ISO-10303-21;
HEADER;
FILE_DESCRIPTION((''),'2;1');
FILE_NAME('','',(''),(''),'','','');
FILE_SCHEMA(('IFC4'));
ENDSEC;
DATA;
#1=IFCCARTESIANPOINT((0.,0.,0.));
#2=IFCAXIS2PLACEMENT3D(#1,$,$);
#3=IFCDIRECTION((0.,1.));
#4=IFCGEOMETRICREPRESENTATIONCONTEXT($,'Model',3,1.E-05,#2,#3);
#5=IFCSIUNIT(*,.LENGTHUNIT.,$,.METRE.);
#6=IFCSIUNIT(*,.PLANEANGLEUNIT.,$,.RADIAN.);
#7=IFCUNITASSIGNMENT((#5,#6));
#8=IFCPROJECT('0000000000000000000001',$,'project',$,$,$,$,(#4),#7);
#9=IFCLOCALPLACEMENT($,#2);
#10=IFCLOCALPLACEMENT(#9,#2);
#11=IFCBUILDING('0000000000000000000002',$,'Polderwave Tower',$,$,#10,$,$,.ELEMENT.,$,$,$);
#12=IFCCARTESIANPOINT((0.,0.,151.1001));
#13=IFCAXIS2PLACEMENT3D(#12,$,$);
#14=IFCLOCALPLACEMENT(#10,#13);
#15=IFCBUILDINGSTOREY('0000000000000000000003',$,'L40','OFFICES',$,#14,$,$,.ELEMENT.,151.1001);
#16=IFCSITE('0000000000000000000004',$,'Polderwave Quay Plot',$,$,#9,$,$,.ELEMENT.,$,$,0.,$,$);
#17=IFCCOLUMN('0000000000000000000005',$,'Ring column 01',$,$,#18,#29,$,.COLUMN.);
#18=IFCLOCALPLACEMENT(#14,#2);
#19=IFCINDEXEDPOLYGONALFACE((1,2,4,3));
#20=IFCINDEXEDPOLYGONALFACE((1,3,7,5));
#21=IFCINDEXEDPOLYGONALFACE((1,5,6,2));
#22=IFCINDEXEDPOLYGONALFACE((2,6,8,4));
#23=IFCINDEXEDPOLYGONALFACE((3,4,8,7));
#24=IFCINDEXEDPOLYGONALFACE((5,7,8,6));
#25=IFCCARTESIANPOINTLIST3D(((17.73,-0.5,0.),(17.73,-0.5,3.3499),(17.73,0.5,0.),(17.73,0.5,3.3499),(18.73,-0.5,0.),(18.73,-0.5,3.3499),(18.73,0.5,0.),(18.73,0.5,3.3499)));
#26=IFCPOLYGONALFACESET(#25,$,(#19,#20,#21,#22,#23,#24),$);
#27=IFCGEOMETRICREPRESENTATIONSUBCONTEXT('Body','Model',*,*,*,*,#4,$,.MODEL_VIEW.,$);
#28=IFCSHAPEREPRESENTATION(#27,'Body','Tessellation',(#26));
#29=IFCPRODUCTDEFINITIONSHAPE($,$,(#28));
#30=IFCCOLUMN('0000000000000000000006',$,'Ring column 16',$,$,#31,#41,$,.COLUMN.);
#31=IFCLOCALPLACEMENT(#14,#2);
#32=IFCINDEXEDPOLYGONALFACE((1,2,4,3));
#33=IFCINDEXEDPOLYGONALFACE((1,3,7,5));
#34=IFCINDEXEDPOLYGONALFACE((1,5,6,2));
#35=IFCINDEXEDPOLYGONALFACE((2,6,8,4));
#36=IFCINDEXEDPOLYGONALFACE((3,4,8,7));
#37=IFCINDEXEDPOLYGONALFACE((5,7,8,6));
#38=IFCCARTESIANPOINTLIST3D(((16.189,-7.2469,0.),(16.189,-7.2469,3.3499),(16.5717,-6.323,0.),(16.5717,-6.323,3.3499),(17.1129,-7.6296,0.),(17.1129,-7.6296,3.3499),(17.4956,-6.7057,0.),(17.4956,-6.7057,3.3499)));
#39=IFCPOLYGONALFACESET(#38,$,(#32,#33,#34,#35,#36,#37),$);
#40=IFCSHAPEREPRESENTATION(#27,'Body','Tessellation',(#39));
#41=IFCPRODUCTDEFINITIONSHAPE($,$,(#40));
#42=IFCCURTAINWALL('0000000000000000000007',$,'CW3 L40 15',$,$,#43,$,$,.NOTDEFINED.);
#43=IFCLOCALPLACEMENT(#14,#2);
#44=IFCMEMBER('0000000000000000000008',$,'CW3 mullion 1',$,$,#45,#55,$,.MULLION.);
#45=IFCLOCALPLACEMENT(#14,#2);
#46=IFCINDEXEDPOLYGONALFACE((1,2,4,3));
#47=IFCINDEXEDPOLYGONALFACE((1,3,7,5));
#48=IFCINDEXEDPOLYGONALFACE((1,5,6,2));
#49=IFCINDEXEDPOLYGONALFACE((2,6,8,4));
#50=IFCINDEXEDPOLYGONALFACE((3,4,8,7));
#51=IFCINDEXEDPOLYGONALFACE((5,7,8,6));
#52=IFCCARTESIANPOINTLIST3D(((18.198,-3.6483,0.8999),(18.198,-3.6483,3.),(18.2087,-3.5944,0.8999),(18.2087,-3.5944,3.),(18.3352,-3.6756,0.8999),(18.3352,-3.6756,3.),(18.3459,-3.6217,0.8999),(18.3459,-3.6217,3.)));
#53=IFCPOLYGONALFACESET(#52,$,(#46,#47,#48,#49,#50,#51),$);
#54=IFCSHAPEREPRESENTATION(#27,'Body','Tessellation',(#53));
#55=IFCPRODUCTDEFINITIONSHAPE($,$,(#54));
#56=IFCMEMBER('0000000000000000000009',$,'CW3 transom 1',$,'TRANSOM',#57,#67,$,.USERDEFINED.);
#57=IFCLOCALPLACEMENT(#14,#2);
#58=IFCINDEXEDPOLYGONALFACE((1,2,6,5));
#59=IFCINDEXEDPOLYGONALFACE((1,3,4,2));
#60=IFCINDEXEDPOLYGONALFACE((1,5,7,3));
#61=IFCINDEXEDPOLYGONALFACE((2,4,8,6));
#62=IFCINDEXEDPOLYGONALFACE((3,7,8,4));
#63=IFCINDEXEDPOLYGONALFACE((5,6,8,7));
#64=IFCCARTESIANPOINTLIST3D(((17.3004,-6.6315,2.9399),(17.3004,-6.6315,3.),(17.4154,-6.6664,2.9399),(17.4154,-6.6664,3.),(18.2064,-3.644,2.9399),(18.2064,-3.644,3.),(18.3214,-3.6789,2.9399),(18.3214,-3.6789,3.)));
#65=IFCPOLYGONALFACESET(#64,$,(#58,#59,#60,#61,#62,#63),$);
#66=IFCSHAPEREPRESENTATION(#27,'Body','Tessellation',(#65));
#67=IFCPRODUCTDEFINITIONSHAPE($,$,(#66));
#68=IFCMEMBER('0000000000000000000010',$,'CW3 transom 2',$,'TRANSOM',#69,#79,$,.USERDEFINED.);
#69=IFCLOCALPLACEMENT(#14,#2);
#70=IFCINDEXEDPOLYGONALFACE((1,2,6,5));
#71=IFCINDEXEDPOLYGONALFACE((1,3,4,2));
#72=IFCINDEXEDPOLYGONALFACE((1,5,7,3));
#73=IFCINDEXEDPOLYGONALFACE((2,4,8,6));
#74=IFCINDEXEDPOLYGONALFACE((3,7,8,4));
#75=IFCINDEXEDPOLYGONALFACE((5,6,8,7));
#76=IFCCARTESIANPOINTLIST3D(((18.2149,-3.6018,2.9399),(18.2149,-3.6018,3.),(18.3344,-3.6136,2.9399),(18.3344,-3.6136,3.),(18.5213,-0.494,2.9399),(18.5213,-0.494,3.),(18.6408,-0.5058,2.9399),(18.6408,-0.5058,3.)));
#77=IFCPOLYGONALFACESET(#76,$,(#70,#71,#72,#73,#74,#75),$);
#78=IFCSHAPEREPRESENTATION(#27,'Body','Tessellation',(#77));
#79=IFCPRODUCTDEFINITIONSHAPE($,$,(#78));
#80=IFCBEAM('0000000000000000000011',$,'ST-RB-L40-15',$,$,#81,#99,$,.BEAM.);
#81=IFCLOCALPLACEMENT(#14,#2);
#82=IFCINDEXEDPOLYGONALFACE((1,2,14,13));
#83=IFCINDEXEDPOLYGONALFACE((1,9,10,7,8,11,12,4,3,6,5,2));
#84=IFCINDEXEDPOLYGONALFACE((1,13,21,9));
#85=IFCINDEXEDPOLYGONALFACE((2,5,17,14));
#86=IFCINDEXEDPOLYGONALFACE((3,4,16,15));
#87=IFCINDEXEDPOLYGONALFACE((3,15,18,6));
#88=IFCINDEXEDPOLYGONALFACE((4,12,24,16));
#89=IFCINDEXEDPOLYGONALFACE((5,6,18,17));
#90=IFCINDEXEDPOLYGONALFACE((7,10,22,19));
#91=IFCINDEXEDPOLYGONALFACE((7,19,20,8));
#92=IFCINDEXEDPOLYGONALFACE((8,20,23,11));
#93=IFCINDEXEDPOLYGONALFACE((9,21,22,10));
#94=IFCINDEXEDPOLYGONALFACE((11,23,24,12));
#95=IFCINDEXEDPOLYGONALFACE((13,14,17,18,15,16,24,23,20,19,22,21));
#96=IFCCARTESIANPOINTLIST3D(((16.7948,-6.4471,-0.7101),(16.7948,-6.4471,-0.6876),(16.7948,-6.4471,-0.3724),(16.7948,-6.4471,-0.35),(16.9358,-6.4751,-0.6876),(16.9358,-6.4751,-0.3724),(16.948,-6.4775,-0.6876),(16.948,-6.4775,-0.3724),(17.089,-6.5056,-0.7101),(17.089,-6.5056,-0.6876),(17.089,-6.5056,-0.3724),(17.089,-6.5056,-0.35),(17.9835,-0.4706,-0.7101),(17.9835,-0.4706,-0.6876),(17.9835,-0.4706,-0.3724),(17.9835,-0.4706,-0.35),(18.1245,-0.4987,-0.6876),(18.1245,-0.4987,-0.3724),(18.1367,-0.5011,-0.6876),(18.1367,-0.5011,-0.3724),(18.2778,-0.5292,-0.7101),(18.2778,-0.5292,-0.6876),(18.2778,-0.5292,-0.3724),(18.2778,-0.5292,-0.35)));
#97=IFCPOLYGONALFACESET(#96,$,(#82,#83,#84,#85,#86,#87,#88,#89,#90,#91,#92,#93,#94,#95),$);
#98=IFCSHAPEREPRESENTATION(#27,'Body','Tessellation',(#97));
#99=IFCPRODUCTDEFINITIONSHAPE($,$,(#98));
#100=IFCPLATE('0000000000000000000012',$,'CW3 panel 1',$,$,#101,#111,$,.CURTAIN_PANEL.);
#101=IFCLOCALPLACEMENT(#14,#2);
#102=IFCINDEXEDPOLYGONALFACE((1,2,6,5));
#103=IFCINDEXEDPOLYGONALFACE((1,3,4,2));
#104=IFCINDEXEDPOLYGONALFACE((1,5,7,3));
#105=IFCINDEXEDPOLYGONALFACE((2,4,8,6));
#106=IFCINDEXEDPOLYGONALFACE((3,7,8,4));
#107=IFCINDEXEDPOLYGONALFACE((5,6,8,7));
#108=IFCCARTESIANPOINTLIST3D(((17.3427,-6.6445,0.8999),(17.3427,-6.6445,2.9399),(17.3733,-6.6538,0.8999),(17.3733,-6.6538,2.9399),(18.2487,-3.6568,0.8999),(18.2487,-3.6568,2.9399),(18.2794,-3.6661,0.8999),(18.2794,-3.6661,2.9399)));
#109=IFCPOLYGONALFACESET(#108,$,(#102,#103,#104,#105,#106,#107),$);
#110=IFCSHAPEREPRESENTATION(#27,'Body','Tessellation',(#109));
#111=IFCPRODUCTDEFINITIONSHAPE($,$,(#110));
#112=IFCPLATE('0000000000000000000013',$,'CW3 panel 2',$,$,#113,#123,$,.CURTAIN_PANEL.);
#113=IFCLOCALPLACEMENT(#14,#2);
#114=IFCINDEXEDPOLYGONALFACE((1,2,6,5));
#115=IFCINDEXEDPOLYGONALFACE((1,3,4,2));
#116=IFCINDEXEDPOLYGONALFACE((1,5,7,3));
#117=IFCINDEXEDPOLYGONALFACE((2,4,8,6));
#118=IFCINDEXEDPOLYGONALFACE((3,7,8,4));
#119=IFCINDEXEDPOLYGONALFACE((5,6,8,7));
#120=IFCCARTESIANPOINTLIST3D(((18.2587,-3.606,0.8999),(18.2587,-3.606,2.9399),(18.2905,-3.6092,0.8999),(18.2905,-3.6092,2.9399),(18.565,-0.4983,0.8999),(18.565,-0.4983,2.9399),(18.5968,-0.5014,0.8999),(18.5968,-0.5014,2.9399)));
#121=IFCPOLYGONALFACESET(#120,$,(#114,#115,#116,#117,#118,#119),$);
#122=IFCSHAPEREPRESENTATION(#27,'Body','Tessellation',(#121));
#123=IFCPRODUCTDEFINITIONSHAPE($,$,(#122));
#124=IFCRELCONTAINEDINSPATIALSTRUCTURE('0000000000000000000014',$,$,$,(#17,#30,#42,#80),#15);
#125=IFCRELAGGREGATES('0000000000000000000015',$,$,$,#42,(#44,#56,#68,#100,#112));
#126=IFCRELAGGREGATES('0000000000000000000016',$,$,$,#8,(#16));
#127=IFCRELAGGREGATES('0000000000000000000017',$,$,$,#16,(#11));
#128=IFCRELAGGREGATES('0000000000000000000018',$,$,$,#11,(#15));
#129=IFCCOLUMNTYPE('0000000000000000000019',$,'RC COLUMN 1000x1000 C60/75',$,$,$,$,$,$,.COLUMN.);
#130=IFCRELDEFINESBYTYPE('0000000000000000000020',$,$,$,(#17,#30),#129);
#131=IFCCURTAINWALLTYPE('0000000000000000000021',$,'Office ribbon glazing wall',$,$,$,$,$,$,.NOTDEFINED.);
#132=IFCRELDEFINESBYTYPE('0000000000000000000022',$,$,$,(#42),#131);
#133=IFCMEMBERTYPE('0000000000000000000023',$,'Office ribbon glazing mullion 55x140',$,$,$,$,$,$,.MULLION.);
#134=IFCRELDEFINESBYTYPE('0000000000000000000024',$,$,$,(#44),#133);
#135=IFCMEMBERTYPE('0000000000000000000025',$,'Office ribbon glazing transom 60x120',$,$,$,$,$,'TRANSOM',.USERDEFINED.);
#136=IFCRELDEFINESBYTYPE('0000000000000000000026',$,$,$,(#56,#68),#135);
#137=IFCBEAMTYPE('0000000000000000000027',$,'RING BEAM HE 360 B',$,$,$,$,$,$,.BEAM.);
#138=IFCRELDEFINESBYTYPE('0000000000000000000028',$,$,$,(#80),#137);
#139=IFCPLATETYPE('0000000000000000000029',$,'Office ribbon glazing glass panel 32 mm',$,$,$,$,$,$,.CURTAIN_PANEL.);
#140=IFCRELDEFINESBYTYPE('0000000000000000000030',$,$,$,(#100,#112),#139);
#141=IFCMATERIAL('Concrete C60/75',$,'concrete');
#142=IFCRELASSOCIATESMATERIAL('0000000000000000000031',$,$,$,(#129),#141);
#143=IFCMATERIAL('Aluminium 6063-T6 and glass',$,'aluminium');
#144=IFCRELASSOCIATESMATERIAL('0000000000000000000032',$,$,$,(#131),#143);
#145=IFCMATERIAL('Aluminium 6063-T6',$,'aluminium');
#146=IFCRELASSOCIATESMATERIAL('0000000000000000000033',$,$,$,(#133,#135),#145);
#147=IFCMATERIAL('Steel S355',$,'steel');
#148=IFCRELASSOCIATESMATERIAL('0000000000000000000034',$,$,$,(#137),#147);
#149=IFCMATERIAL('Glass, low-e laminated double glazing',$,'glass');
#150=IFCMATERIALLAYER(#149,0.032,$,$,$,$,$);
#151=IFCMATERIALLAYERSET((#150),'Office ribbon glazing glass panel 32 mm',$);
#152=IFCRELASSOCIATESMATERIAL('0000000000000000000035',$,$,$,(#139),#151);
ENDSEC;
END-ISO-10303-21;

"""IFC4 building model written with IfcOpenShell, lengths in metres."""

from ifc_helpers import new_model, si_unit, direction, frame, origin, origin_2d, place, context, subcontext, project, spatial, rectangle, i_section, extrude, material, layer, layer_set, material_profile, profile_set, type_object, element, aggregate, save


model = new_model("IFC4")

# Units and contexts
model_context = context("Model", 3, precision=1e-05, world=origin(), true_north=direction((0.0, 1.0)))
body_context = subcontext(model_context, "Body", "Model", "MODEL_VIEW")
ifc_project = project(units=[si_unit("LENGTHUNIT", "METRE"), si_unit("PLANEANGLEUNIT", "RADIAN")], contexts=[model_context])

# Site, building, storey
site_placement = place(None, origin())
site = spatial("IfcSite", under=ifc_project, at=site_placement, Name="Polderwave Quay Plot", CompositionType="ELEMENT", RefElevation=0.0)
building_placement = place(site_placement, origin())
building = spatial("IfcBuilding", under=site, at=building_placement, Name="Polderwave Tower", CompositionType="ELEMENT")
storey_placement = place(building_placement, frame((0.0, 0.0, 151.1001)))
storey = spatial("IfcBuildingStorey", under=building, at=storey_placement, Name="L40", Description="OFFICES", CompositionType="ELEMENT", Elevation=151.1001)

# Columns
ifc_material_1 = material(Name="Concrete C60/75", Category="concrete")
ifc_material_profile_1 = material_profile(ifc_material_1, rectangle(XDim=1.0, YDim=1.0, at=origin_2d()), Name="RC 1000x1000")
ifc_profile_set_1 = profile_set([ifc_material_profile_1], Name="Concrete C60/75")
column_type = type_object("IfcColumnType", Name="RC COLUMN 1000x1000 C60/75", PredefinedType="COLUMN", material=ifc_profile_set_1)
for number, where, z_axis, x_axis, name in (
    (1, (18.23, 0.0, 0.0), (0.0, 0.0, 1.0), (1.0, 0.0, 0.0), "Ring column 01"),
    (2, (16.8423, -6.9763, 0.0), (0.0, 0.0, 1.0), (0.92388, -0.382683, 0.0), "Ring column 16"),
):
    element("IfcColumn", number, at=place(storey_placement, frame(where, z_axis=z_axis, x_axis=x_axis)), inside=storey, type_object=column_type, Name=name, PredefinedType="COLUMN", context=body_context, shape_type="SweptSolid", body=[
        extrude(rectangle(XDim=1.0, YDim=1.0, at=origin_2d()), origin(), (0.0, 0.0, 1.0), 3.3499),
    ])

# Curtain wall, members
ifc_material_2 = material(Name="Aluminium 6063-T6 and glass", Category="aluminium")
curtain_wall_type = type_object("IfcCurtainWallType", Name="Office ribbon glazing wall", PredefinedType="NOTDEFINED", material=ifc_material_2)
curtain_wall_placement = place(storey_placement, origin())
curtain_wall = element("IfcCurtainWall", 3, at=curtain_wall_placement, inside=storey, type_object=curtain_wall_type, Name="CW3 L40 15", PredefinedType="NOTDEFINED")
ifc_material_3 = material(Name="Aluminium 6063-T6", Category="aluminium")
ifc_material_profile_2 = material_profile(ifc_material_3, rectangle(XDim=0.1399, YDim=0.0549, at=origin_2d()), Name="AL 55x140")
ifc_profile_set_2 = profile_set([ifc_material_profile_2], Name="Aluminium 6063-T6")
member_type_1 = type_object("IfcMemberType", Name="Office ribbon glazing mullion 55x140", PredefinedType="MULLION", material=ifc_profile_set_2)
member_1_placement = place(storey_placement, frame((18.272, -3.635, 0.8999), z_axis=(0.0, 0.0, 1.0), x_axis=(-0.980787, 0.195083, 0.0)))
member_1 = element("IfcMember", 4, at=member_1_placement, type_object=member_type_1, Name="CW3 mullion 1", PredefinedType="MULLION", context=body_context, shape_type="SweptSolid", body=[
    extrude(rectangle(XDim=0.1399, YDim=0.0549, at=origin_2d()), origin(), (0.0, 0.0, 1.0), 2.1001),
])
ifc_material_profile_3 = material_profile(ifc_material_3, rectangle(XDim=0.1201, YDim=0.0601, at=origin_2d()), Name="AL 60x120")
ifc_profile_set_3 = profile_set([ifc_material_profile_3], Name="Aluminium 6063-T6")
member_type_2 = type_object("IfcMemberType", Name="Office ribbon glazing transom 60x120", ElementType="TRANSOM", PredefinedType="USERDEFINED", material=ifc_profile_set_3)
member_2_placement = place(storey_placement, frame((17.3579, -6.6489, 2.97), z_axis=(0.290209, 0.956963, 0.0), x_axis=(-0.956963, 0.290209, 0.0)))
member_2 = element("IfcMember", 5, at=member_2_placement, type_object=member_type_2, Name="CW3 transom 1", ObjectType="TRANSOM", PredefinedType="USERDEFINED", context=body_context, shape_type="SweptSolid", body=[
    extrude(rectangle(XDim=0.1201, YDim=0.0601, at=origin_2d()), origin(), (0.0, 0.0, 1.0), 3.1218),
])
member_3_placement = place(storey_placement, frame((18.2747, -3.6077, 2.97), z_axis=(0.098118, 0.995175, 0.0), x_axis=(-0.995175, 0.098118, 0.0)))
member_3 = element("IfcMember", 6, at=member_3_placement, type_object=member_type_2, Name="CW3 transom 2", ObjectType="TRANSOM", PredefinedType="USERDEFINED", context=body_context, shape_type="SweptSolid", body=[
    extrude(rectangle(XDim=0.1201, YDim=0.0601, at=origin_2d()), origin(), (0.0, 0.0, 1.0), 3.1228),
])

# Beam
ifc_material_4 = material(Name="Steel S355", Category="steel")
ifc_material_profile_4 = material_profile(ifc_material_4, i_section(OverallWidth=0.3, OverallDepth=0.3601, WebThickness=0.0125, FlangeThickness=0.0225, at=origin_2d()), Name="HE 360 B")
ifc_profile_set_4 = profile_set([ifc_material_profile_4], Name="Steel S355")
beam_type = type_object("IfcBeamType", Name="RING BEAM HE 360 B", PredefinedType="BEAM", material=ifc_profile_set_4)
beam_placement = place(storey_placement, frame((16.9419, -6.4763, -0.53), z_axis=(0.195084, 0.980787, 0.0), x_axis=(-0.980787, 0.195084, 0.0)))
element("IfcBeam", 7, at=beam_placement, inside=storey, type_object=beam_type, Name="ST-RB-L40-15", PredefinedType="BEAM", context=body_context, shape_type="SweptSolid", body=[
    extrude(i_section(OverallWidth=0.3, OverallDepth=0.3601, WebThickness=0.0125, FlangeThickness=0.0225, at=origin_2d()), origin(), (0.0, 0.0, 1.0), 6.0935),
])

# Plates
ifc_material_5 = material(Name="Glass, low-e laminated double glazing", Category="glass")
ifc_layer_1 = layer(ifc_material_5, 0.032)
ifc_layer_set_1 = layer_set([ifc_layer_1], Name="Office ribbon glazing glass panel 32 mm")
plate_type = type_object("IfcPlateType", Name="Office ribbon glazing glass panel 32 mm", PredefinedType="CURTAIN_PANEL", material=ifc_layer_set_1)
plate_1_placement = place(storey_placement, frame((17.811, -5.1553, 0.8999), z_axis=(0.0, 0.0, 1.0), x_axis=(0.290201, 0.956966, 0.0)))
plate_1 = element("IfcPlate", 8, at=plate_1_placement, type_object=plate_type, Name="CW3 panel 1", PredefinedType="CURTAIN_PANEL", context=body_context, shape_type="SweptSolid", body=[
    extrude(rectangle(XDim=3.1221, YDim=0.032, at=origin_2d()), origin(), (0.0, 0.0, 1.0), 2.04),
])
plate_2_placement = place(storey_placement, frame((18.4277, -2.0537, 0.8999), z_axis=(0.0, 0.0, 1.0), x_axis=(0.09809, 0.995178, 0.0)))
plate_2 = element("IfcPlate", 9, at=plate_2_placement, type_object=plate_type, Name="CW3 panel 2", PredefinedType="CURTAIN_PANEL", context=body_context, shape_type="SweptSolid", body=[
    extrude(rectangle(XDim=3.1228, YDim=0.032, at=origin_2d()), origin(), (0.0, 0.0, 1.0), 2.04),
])
aggregate(curtain_wall, [member_1, member_2, member_3, plate_1, plate_2])

save(model, "model.ifc")
